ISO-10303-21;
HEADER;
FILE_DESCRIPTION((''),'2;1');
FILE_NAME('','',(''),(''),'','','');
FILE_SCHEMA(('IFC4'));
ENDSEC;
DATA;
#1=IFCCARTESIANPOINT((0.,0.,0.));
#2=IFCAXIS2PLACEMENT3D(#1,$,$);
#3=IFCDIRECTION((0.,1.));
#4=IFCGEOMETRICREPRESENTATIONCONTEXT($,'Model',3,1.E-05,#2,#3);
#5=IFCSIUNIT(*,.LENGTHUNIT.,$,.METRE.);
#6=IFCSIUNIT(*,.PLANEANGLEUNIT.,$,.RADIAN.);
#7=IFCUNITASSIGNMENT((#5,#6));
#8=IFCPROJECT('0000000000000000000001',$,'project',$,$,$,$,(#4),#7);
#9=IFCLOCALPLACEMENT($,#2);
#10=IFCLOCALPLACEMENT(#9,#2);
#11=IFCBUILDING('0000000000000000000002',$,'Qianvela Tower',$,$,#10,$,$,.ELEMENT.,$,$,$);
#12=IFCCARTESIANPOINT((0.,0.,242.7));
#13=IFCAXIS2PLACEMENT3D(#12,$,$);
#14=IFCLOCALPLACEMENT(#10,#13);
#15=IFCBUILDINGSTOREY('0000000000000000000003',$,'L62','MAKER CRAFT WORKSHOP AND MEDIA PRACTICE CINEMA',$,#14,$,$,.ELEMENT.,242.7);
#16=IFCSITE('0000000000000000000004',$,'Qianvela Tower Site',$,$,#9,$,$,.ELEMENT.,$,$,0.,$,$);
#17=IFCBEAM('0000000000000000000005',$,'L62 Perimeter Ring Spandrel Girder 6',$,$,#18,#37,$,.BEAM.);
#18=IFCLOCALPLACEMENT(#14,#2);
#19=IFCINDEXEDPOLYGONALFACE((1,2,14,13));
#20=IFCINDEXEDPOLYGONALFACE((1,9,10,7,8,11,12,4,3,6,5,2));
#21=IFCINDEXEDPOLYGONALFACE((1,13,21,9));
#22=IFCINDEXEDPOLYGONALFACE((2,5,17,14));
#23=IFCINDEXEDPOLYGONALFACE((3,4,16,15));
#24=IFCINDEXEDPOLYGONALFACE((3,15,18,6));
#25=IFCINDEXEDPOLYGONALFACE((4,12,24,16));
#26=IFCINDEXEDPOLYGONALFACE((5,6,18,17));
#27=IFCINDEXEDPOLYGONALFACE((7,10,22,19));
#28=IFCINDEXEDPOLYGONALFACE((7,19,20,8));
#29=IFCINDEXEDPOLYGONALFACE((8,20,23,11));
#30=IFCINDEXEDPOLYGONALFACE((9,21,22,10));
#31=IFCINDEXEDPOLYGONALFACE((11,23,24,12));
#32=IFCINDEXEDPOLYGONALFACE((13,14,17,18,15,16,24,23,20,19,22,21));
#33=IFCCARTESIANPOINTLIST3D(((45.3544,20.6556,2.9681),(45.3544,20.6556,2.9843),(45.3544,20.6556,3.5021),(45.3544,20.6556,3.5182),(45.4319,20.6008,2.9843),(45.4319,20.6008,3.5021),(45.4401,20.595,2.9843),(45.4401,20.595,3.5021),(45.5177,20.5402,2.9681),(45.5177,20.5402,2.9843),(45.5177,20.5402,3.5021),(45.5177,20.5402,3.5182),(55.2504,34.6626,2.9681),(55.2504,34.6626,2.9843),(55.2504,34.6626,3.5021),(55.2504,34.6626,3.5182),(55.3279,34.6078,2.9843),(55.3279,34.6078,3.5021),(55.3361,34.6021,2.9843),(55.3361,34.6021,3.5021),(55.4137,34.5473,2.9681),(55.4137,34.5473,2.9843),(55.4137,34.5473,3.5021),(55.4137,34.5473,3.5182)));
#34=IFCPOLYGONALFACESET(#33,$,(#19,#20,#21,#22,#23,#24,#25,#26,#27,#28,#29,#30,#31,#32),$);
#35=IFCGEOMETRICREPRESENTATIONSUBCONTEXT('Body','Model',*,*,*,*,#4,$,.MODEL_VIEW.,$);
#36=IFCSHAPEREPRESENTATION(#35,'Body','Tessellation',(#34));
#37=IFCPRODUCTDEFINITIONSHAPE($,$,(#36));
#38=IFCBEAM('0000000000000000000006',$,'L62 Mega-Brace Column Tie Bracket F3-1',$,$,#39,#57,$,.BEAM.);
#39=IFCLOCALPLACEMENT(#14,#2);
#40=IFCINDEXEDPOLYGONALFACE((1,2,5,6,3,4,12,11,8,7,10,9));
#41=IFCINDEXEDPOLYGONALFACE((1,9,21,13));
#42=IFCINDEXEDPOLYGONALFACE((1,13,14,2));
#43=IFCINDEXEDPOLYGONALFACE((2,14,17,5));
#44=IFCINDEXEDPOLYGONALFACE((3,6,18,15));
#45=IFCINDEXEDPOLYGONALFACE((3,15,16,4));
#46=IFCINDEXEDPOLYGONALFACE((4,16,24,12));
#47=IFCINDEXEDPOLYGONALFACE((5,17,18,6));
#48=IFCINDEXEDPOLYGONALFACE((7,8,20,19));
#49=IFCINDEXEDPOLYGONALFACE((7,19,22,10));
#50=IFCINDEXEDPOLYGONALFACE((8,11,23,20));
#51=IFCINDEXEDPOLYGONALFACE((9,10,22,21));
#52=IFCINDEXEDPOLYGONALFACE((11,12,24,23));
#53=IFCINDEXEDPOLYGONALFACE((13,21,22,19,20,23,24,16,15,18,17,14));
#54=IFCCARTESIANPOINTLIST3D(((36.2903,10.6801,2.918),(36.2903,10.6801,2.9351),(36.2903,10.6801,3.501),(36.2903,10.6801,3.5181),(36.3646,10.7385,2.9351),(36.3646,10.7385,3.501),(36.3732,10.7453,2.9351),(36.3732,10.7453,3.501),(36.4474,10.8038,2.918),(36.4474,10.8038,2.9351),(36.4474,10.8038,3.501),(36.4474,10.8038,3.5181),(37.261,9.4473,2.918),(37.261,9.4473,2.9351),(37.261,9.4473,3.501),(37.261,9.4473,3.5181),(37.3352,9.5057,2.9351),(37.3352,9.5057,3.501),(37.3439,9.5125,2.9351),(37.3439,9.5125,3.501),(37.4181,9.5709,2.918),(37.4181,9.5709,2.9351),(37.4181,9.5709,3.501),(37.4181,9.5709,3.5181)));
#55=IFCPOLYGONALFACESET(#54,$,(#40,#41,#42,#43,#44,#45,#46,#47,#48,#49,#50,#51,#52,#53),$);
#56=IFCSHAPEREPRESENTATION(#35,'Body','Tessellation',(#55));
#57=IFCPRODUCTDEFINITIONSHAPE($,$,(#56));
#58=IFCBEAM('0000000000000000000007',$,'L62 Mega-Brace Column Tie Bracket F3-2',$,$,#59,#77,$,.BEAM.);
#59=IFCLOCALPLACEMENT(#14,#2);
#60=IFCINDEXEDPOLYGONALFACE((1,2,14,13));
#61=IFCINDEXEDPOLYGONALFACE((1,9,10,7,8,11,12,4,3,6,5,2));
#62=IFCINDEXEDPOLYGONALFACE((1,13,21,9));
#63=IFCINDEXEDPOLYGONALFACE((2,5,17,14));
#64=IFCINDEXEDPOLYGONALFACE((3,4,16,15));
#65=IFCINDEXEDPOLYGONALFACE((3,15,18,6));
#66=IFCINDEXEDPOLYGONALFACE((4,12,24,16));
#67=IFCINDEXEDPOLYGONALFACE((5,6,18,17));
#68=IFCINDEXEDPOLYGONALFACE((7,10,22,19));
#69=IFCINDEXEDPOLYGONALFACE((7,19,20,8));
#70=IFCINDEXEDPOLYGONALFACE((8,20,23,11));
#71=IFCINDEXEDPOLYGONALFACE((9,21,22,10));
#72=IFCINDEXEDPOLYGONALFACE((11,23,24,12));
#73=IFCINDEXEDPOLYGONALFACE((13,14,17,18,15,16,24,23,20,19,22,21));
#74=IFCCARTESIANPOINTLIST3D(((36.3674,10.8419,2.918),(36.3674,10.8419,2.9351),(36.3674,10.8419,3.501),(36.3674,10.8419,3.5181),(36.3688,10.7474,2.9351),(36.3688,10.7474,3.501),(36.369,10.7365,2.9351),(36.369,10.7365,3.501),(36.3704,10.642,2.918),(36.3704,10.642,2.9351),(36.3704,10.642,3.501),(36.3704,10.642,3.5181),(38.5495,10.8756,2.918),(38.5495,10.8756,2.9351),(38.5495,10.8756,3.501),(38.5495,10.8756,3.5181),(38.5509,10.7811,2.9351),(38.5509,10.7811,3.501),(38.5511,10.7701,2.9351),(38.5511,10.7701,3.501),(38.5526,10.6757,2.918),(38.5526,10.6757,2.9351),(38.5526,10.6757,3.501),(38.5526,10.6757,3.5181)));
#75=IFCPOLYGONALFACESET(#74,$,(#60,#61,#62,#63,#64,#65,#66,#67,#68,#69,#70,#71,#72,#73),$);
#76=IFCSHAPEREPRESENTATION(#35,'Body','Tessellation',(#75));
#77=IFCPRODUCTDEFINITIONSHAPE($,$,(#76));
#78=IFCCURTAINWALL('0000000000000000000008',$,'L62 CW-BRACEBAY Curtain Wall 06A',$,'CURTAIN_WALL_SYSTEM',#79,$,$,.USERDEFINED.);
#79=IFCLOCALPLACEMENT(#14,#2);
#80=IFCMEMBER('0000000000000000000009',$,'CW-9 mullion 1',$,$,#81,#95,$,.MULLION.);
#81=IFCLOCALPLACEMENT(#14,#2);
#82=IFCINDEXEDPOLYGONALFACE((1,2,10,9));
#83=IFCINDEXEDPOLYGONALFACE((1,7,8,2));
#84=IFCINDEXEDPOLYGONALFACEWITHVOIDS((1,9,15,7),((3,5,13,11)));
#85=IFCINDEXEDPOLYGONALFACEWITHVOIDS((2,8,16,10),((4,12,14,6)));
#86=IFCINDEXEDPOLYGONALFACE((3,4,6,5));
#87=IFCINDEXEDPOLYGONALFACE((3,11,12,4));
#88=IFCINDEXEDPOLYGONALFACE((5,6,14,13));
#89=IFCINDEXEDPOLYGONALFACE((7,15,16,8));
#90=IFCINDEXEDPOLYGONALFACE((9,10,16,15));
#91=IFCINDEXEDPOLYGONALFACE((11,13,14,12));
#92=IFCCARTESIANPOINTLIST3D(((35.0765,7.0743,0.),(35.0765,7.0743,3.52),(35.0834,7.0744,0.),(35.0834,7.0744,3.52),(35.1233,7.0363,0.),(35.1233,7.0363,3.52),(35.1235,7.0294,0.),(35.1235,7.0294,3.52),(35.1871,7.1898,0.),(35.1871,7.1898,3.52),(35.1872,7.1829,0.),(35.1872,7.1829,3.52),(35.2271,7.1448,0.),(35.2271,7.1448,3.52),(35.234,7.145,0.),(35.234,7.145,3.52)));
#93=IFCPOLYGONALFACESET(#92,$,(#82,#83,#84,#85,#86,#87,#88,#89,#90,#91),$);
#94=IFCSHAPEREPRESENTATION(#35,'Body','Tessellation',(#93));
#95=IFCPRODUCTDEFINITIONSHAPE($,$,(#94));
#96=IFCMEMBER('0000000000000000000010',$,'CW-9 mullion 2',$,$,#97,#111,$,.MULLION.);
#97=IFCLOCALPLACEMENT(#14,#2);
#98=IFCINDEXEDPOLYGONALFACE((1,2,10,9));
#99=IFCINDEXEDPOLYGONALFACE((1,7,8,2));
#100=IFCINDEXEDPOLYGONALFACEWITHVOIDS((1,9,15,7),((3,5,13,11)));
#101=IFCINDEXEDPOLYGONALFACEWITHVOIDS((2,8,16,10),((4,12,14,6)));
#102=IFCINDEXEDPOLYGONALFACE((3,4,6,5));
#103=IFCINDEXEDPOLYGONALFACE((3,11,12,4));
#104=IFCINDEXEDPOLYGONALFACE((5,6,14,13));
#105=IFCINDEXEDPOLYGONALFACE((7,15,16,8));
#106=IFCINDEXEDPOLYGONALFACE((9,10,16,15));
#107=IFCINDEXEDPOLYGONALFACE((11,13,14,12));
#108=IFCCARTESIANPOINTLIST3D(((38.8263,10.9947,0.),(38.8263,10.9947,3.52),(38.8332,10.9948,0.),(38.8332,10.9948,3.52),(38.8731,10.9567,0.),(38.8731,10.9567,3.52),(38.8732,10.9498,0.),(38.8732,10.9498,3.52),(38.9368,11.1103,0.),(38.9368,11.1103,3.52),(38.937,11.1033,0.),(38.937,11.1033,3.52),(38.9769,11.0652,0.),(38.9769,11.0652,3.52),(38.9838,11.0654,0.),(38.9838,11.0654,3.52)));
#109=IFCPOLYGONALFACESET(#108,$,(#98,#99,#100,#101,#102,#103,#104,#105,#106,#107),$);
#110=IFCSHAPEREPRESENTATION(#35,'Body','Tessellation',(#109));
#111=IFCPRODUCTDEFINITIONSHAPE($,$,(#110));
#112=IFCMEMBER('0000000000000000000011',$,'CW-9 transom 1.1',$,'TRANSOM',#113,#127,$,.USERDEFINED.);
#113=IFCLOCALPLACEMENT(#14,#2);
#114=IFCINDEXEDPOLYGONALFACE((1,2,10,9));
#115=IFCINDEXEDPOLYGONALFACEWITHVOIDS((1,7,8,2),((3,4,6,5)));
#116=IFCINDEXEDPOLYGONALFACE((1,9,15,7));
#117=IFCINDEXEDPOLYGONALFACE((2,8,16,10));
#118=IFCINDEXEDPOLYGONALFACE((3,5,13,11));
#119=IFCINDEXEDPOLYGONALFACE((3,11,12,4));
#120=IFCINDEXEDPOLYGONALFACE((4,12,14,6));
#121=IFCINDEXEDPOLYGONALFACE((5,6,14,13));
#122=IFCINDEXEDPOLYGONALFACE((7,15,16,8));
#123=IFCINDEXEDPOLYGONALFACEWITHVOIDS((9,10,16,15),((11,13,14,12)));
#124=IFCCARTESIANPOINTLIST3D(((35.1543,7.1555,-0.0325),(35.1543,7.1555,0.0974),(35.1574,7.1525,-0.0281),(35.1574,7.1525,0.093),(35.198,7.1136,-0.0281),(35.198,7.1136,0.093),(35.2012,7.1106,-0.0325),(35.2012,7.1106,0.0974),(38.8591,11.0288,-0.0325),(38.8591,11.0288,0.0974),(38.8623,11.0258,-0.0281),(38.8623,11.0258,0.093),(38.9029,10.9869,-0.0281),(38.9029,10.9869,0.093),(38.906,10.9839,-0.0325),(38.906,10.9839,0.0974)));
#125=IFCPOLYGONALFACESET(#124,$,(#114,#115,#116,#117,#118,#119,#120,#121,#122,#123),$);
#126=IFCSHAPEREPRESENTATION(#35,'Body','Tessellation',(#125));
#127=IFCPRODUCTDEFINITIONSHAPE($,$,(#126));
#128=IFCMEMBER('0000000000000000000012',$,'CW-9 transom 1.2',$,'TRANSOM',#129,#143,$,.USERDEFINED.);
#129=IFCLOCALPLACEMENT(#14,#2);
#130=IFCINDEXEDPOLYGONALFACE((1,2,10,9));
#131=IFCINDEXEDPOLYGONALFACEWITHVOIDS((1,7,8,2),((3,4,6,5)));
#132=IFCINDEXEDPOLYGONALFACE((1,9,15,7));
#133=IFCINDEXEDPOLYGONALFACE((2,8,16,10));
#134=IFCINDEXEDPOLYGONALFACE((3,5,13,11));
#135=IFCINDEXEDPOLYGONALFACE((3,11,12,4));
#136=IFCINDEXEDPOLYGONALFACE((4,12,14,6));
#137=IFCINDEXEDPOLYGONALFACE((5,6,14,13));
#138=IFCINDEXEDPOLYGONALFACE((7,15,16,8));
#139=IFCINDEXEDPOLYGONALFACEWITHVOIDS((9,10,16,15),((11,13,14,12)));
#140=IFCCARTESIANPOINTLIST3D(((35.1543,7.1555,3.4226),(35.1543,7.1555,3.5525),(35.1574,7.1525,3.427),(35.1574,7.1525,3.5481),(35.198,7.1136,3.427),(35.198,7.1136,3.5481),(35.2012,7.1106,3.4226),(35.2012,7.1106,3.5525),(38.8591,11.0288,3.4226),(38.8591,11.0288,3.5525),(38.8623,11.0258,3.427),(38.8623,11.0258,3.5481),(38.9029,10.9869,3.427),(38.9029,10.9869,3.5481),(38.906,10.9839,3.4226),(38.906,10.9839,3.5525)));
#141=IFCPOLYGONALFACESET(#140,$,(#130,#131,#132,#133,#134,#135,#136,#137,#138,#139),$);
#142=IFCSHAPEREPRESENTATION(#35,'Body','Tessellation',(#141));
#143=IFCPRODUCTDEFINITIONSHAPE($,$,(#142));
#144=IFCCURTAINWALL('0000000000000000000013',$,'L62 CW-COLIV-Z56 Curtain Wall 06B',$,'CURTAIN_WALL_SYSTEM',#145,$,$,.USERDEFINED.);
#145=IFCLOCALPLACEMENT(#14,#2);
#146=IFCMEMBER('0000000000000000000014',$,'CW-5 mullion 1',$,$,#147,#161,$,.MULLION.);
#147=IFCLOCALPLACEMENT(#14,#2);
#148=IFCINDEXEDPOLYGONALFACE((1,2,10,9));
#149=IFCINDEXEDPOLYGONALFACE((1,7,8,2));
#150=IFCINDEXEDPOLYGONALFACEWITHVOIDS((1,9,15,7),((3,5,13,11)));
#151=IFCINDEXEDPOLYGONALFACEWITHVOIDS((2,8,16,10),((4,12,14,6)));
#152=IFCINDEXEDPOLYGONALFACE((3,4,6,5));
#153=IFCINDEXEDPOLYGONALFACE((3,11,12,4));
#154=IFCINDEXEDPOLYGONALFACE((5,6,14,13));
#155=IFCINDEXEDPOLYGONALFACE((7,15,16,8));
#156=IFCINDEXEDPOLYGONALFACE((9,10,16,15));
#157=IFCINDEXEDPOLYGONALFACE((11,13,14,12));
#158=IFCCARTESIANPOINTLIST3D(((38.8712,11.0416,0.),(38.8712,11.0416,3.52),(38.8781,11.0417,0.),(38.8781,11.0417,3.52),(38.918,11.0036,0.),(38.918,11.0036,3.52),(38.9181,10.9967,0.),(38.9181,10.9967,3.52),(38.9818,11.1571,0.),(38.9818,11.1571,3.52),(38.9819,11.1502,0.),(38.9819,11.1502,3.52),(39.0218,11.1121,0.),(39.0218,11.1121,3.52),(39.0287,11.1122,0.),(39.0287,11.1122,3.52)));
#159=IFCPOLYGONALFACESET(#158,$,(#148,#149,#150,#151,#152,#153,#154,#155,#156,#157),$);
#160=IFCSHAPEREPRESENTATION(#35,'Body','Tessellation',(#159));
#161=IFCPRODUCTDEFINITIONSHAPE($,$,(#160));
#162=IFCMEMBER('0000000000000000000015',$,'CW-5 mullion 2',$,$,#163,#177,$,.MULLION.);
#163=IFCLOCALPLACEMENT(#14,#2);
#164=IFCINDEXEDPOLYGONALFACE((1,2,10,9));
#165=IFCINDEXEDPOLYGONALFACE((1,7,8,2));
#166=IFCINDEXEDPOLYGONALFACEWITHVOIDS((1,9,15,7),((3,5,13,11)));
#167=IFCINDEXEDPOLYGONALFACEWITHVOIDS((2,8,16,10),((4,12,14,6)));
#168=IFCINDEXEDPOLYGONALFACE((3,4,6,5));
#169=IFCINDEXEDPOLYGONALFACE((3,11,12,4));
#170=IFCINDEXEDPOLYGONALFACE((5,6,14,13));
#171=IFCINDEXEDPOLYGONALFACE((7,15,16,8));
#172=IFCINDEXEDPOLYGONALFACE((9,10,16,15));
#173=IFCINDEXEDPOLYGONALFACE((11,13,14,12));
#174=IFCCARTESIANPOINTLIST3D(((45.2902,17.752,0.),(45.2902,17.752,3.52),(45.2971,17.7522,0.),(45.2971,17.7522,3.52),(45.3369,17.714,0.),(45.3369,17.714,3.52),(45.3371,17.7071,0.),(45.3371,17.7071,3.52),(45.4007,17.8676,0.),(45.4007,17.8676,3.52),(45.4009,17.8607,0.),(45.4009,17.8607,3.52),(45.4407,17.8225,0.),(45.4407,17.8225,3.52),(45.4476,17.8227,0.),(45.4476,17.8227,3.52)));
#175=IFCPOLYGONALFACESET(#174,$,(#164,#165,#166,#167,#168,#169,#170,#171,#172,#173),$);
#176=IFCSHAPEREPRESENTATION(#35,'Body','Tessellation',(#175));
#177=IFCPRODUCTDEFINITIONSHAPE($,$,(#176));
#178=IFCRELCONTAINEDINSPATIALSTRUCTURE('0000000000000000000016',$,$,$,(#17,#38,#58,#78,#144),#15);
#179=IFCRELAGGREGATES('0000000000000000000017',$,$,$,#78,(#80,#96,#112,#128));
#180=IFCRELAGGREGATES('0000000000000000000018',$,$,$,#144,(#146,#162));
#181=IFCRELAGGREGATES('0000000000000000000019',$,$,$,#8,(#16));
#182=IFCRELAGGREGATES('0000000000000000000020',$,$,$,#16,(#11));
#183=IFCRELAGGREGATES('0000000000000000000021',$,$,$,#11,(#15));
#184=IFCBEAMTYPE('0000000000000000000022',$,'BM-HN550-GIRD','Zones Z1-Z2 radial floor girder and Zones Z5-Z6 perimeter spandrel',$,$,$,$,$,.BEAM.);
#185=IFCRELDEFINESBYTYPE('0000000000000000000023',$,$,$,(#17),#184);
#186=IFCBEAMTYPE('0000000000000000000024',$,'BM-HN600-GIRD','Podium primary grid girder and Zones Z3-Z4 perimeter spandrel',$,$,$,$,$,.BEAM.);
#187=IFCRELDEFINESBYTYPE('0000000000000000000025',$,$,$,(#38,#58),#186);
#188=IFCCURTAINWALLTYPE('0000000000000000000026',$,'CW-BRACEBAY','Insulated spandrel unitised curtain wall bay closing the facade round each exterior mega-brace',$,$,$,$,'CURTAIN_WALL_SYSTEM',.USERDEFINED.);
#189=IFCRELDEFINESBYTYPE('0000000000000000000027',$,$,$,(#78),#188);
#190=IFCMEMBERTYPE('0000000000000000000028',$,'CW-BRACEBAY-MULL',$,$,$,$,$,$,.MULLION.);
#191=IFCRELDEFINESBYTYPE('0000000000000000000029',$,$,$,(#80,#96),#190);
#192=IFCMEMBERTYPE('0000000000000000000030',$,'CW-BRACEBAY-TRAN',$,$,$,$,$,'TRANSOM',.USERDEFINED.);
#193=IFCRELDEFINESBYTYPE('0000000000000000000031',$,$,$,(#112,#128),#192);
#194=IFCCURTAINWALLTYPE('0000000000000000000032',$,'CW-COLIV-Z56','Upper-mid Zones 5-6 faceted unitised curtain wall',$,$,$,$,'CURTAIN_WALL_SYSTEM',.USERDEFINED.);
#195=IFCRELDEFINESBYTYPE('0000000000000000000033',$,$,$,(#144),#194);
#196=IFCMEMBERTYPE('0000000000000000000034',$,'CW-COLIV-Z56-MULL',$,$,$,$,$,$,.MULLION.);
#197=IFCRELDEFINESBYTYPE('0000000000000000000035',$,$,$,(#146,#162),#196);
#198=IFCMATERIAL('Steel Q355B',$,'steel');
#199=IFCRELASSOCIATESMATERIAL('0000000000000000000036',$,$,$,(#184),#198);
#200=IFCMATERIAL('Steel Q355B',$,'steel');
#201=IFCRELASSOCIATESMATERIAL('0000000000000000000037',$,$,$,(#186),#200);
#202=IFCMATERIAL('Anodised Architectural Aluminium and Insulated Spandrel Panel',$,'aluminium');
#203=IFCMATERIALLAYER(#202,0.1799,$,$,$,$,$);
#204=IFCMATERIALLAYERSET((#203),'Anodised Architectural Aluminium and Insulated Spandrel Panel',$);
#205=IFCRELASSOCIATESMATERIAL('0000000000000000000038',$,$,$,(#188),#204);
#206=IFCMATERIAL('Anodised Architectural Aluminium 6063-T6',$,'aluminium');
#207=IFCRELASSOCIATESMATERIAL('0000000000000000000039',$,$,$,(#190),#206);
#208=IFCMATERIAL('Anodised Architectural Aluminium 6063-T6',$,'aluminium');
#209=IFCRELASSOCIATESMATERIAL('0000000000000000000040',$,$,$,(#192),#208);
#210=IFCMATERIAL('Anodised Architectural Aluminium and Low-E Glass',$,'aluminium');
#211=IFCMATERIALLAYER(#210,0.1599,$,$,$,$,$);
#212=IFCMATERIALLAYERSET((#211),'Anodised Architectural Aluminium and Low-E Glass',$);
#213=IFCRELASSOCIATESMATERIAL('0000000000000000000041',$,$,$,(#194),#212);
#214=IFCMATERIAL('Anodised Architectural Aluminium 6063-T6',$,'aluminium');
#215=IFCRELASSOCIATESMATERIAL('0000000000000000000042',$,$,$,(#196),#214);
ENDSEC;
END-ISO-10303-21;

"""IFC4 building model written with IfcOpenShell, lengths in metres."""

from ifc_helpers import new_model, si_unit, direction, frame, origin, origin_2d, place, context, subcontext, project, spatial, hollow_rectangle, i_section, extrude, material, layer, layer_set, material_profile, profile_set, type_object, element, aggregate, save


model = new_model("IFC4")

# Units and contexts
model_context = context("Model", 3, precision=1e-05, world=origin(), true_north=direction((0.0, 1.0)))
body_context = subcontext(model_context, "Body", "Model", "MODEL_VIEW")
ifc_project = project(units=[si_unit("LENGTHUNIT", "METRE"), si_unit("PLANEANGLEUNIT", "RADIAN")], contexts=[model_context])

# Site, building, storey
site_placement = place(None, origin())
site = spatial("IfcSite", under=ifc_project, at=site_placement, Name="Qianvela Tower Site", CompositionType="ELEMENT", RefElevation=0.0)
building_placement = place(site_placement, origin())
building = spatial("IfcBuilding", under=site, at=building_placement, Name="Qianvela Tower", CompositionType="ELEMENT")
storey_placement = place(building_placement, frame((0.0, 0.0, 242.7)))
storey = spatial("IfcBuildingStorey", under=building, at=storey_placement, Name="L62", Description="MAKER CRAFT WORKSHOP AND MEDIA PRACTICE CINEMA", CompositionType="ELEMENT", Elevation=242.7)

# Beams
ifc_material_1 = material(Name="Steel Q355B", Category="steel")
ifc_material_profile_1 = material_profile(ifc_material_1, i_section(OverallWidth=0.2, OverallDepth=0.55, WebThickness=0.01, FlangeThickness=0.0161, at=origin_2d()), Name="HN550x200x10x16")
ifc_profile_set_1 = profile_set([ifc_material_profile_1], Name="Steel Q355B")
beam_type_1 = type_object("IfcBeamType", Name="BM-HN550-GIRD", Description="Zones Z1-Z2 radial floor girder and Zones Z5-Z6 perimeter spandrel", PredefinedType="BEAM", material=ifc_profile_set_1)
beam_1_placement = place(storey_placement, frame((45.436, 20.5979, 3.2432), z_axis=(0.57702, 0.81673, 0.0), x_axis=(-0.81673, 0.57702, 0.0)))
element("IfcBeam", 1, at=beam_1_placement, inside=storey, type_object=beam_type_1, Name="L62 Perimeter Ring Spandrel Girder 6", PredefinedType="BEAM", context=body_context, shape_type="SweptSolid", body=[
    extrude(i_section(OverallWidth=0.2, OverallDepth=0.55, WebThickness=0.01, FlangeThickness=0.0161, at=origin_2d()), origin(), (0.0, 0.0, 1.0), 17.1501),
])
ifc_material_2 = material(Name="Steel Q355B", Category="steel")
ifc_material_profile_2 = material_profile(ifc_material_2, i_section(OverallWidth=0.2, OverallDepth=0.6001, WebThickness=0.011, FlangeThickness=0.0171, at=origin_2d()), Name="HN600x200x11x17")
ifc_profile_set_2 = profile_set([ifc_material_profile_2], Name="Steel Q355B")
beam_type_2 = type_object("IfcBeamType", Name="BM-HN600-GIRD", Description="Podium primary grid girder and Zones Z3-Z4 perimeter spandrel", PredefinedType="BEAM", material=ifc_profile_set_2)
beam_2_placement = place(storey_placement, frame((36.3689, 10.7419, 3.218), z_axis=(0.618605, -0.785702, 0.0), x_axis=(0.785702, 0.618605, 0.0)))
element("IfcBeam", 2, at=beam_2_placement, inside=storey, type_object=beam_type_2, Name="L62 Mega-Brace Column Tie Bracket F3-1", PredefinedType="BEAM", context=body_context, shape_type="SweptSolid", body=[
    extrude(i_section(OverallWidth=0.2, OverallDepth=0.6001, WebThickness=0.011, FlangeThickness=0.0171, at=origin_2d()), origin(), (0.0, 0.0, 1.0), 1.5691),
])
beam_3_placement = place(storey_placement, frame((36.3689, 10.7419, 3.218), z_axis=(0.999881, 0.015438, 0.0), x_axis=(-0.015438, 0.999881, 0.0)))
element("IfcBeam", 3, at=beam_3_placement, inside=storey, type_object=beam_type_2, Name="L62 Mega-Brace Column Tie Bracket F3-2", PredefinedType="BEAM", context=body_context, shape_type="SweptSolid", body=[
    extrude(i_section(OverallWidth=0.2, OverallDepth=0.6001, WebThickness=0.011, FlangeThickness=0.0171, at=origin_2d()), origin(), (0.0, 0.0, 1.0), 2.1824),
])

# Curtain walls, members
ifc_material_3 = material(Name="Anodised Architectural Aluminium and Insulated Spandrel Panel", Category="aluminium")
ifc_layer_1 = layer(ifc_material_3, 0.1799)
ifc_layer_set_1 = layer_set([ifc_layer_1], Name="Anodised Architectural Aluminium and Insulated Spandrel Panel")
curtain_wall_type_1 = type_object("IfcCurtainWallType", Name="CW-BRACEBAY", Description="Insulated spandrel unitised curtain wall bay closing the facade round each exterior mega-brace", ElementType="CURTAIN_WALL_SYSTEM", PredefinedType="USERDEFINED", material=ifc_layer_set_1)
curtain_wall_1_placement = place(storey_placement, origin())
curtain_wall_1 = element("IfcCurtainWall", 4, at=curtain_wall_1_placement, inside=storey, type_object=curtain_wall_type_1, Name="L62 CW-BRACEBAY Curtain Wall 06A", ObjectType="CURTAIN_WALL_SYSTEM", PredefinedType="USERDEFINED")
ifc_material_4 = material(Name="Anodised Architectural Aluminium 6063-T6", Category="aluminium")
ifc_material_profile_3 = material_profile(ifc_material_4, hollow_rectangle(XDim=0.0649, YDim=0.1599, WallThickness=0.0049, at=origin_2d()), Name="ALU-MULL-65x160")
ifc_profile_set_3 = profile_set([ifc_material_profile_3], Name="Anodised Architectural Aluminium 6063-T6")
member_type_1 = type_object("IfcMemberType", Name="CW-BRACEBAY-MULL", PredefinedType="MULLION", material=ifc_profile_set_3)
member_1_placement = place(storey_placement, frame((35.1553, 7.1096, 0.0), z_axis=(0.0, 0.0, 1.0), x_axis=(-0.722643, 0.691222, 0.0)))
member_1 = element("IfcMember", 5, at=member_1_placement, type_object=member_type_1, Name="CW-9 mullion 1", PredefinedType="MULLION", context=body_context, shape_type="SweptSolid", body=[
    extrude(hollow_rectangle(XDim=0.0649, YDim=0.1599, WallThickness=0.0049, at=origin_2d()), origin(), (0.0, 0.0, 1.0), 3.52),
])
member_2_placement = place(storey_placement, frame((38.905, 11.03, 0.0), z_axis=(0.0, 0.0, 1.0), x_axis=(-0.722643, 0.691222, 0.0)))
member_2 = element("IfcMember", 6, at=member_2_placement, type_object=member_type_1, Name="CW-9 mullion 2", PredefinedType="MULLION", context=body_context, shape_type="SweptSolid", body=[
    extrude(hollow_rectangle(XDim=0.0649, YDim=0.1599, WallThickness=0.0049, at=origin_2d()), origin(), (0.0, 0.0, 1.0), 3.52),
])
ifc_material_5 = material(Name="Anodised Architectural Aluminium 6063-T6", Category="aluminium")
ifc_material_profile_4 = material_profile(ifc_material_5, hollow_rectangle(XDim=0.0649, YDim=0.1299, WallThickness=0.0044, at=origin_2d()), Name="ALU-TRAN-65x130")
ifc_profile_set_4 = profile_set([ifc_material_profile_4], Name="Anodised Architectural Aluminium 6063-T6")
member_type_2 = type_object("IfcMemberType", Name="CW-BRACEBAY-TRAN", ElementType="TRANSOM", PredefinedType="USERDEFINED", material=ifc_profile_set_4)
member_3_placement = place(storey_placement, frame((35.1777, 7.1331, 0.0325), z_axis=(0.691217, 0.722647, 0.0), x_axis=(-0.722647, 0.691217, 0.0)))
member_3 = element("IfcMember", 7, at=member_3_placement, type_object=member_type_2, Name="CW-9 transom 1.1", ObjectType="TRANSOM", PredefinedType="USERDEFINED", context=body_context, shape_type="SweptSolid", body=[
    extrude(hollow_rectangle(XDim=0.0649, YDim=0.1299, WallThickness=0.0044, at=origin_2d()), origin(), (0.0, 0.0, 1.0), 5.3599),
])
member_4_placement = place(storey_placement, frame((35.1777, 7.1331, 3.4875), z_axis=(0.691217, 0.722647, 0.0), x_axis=(-0.722647, 0.691217, 0.0)))
member_4 = element("IfcMember", 8, at=member_4_placement, type_object=member_type_2, Name="CW-9 transom 1.2", ObjectType="TRANSOM", PredefinedType="USERDEFINED", context=body_context, shape_type="SweptSolid", body=[
    extrude(hollow_rectangle(XDim=0.0649, YDim=0.1299, WallThickness=0.0044, at=origin_2d()), origin(), (0.0, 0.0, 1.0), 5.3599),
])
ifc_material_6 = material(Name="Anodised Architectural Aluminium and Low-E Glass", Category="aluminium")
ifc_layer_2 = layer(ifc_material_6, 0.1599)
ifc_layer_set_2 = layer_set([ifc_layer_2], Name="Anodised Architectural Aluminium and Low-E Glass")
curtain_wall_type_2 = type_object("IfcCurtainWallType", Name="CW-COLIV-Z56", Description="Upper-mid Zones 5-6 faceted unitised curtain wall", ElementType="CURTAIN_WALL_SYSTEM", PredefinedType="USERDEFINED", material=ifc_layer_set_2)
curtain_wall_2_placement = place(storey_placement, origin())
curtain_wall_2 = element("IfcCurtainWall", 9, at=curtain_wall_2_placement, inside=storey, type_object=curtain_wall_type_2, Name="L62 CW-COLIV-Z56 Curtain Wall 06B", ObjectType="CURTAIN_WALL_SYSTEM", PredefinedType="USERDEFINED")
ifc_material_7 = material(Name="Anodised Architectural Aluminium 6063-T6", Category="aluminium")
ifc_material_profile_5 = material_profile(ifc_material_7, hollow_rectangle(XDim=0.0649, YDim=0.1599, WallThickness=0.0049, at=origin_2d()), Name="ALU-MULL-65x160")
ifc_profile_set_5 = profile_set([ifc_material_profile_5], Name="Anodised Architectural Aluminium 6063-T6")
member_type_3 = type_object("IfcMemberType", Name="CW-COLIV-Z56-MULL", PredefinedType="MULLION", material=ifc_profile_set_5)
member_5_placement = place(storey_placement, frame((38.95, 11.0769, 0.0), z_axis=(0.0, 0.0, 1.0), x_axis=(-0.722644, 0.69122, 0.0)))
member_5 = element("IfcMember", 10, at=member_5_placement, type_object=member_type_3, Name="CW-5 mullion 1", PredefinedType="MULLION", context=body_context, shape_type="SweptSolid", body=[
    extrude(hollow_rectangle(XDim=0.0649, YDim=0.1599, WallThickness=0.0049, at=origin_2d()), origin(), (0.0, 0.0, 1.0), 3.52),
])
member_6_placement = place(storey_placement, frame((45.3689, 17.7874, 0.0), z_axis=(0.0, 0.0, 1.0), x_axis=(-0.722644, 0.69122, 0.0)))
member_6 = element("IfcMember", 11, at=member_6_placement, type_object=member_type_3, Name="CW-5 mullion 2", PredefinedType="MULLION", context=body_context, shape_type="SweptSolid", body=[
    extrude(hollow_rectangle(XDim=0.0649, YDim=0.1599, WallThickness=0.0049, at=origin_2d()), origin(), (0.0, 0.0, 1.0), 3.52),
])

aggregate(curtain_wall_1, [member_1, member_2, member_3, member_4])
aggregate(curtain_wall_2, [member_5, member_6])

save(model, "model.ifc")
